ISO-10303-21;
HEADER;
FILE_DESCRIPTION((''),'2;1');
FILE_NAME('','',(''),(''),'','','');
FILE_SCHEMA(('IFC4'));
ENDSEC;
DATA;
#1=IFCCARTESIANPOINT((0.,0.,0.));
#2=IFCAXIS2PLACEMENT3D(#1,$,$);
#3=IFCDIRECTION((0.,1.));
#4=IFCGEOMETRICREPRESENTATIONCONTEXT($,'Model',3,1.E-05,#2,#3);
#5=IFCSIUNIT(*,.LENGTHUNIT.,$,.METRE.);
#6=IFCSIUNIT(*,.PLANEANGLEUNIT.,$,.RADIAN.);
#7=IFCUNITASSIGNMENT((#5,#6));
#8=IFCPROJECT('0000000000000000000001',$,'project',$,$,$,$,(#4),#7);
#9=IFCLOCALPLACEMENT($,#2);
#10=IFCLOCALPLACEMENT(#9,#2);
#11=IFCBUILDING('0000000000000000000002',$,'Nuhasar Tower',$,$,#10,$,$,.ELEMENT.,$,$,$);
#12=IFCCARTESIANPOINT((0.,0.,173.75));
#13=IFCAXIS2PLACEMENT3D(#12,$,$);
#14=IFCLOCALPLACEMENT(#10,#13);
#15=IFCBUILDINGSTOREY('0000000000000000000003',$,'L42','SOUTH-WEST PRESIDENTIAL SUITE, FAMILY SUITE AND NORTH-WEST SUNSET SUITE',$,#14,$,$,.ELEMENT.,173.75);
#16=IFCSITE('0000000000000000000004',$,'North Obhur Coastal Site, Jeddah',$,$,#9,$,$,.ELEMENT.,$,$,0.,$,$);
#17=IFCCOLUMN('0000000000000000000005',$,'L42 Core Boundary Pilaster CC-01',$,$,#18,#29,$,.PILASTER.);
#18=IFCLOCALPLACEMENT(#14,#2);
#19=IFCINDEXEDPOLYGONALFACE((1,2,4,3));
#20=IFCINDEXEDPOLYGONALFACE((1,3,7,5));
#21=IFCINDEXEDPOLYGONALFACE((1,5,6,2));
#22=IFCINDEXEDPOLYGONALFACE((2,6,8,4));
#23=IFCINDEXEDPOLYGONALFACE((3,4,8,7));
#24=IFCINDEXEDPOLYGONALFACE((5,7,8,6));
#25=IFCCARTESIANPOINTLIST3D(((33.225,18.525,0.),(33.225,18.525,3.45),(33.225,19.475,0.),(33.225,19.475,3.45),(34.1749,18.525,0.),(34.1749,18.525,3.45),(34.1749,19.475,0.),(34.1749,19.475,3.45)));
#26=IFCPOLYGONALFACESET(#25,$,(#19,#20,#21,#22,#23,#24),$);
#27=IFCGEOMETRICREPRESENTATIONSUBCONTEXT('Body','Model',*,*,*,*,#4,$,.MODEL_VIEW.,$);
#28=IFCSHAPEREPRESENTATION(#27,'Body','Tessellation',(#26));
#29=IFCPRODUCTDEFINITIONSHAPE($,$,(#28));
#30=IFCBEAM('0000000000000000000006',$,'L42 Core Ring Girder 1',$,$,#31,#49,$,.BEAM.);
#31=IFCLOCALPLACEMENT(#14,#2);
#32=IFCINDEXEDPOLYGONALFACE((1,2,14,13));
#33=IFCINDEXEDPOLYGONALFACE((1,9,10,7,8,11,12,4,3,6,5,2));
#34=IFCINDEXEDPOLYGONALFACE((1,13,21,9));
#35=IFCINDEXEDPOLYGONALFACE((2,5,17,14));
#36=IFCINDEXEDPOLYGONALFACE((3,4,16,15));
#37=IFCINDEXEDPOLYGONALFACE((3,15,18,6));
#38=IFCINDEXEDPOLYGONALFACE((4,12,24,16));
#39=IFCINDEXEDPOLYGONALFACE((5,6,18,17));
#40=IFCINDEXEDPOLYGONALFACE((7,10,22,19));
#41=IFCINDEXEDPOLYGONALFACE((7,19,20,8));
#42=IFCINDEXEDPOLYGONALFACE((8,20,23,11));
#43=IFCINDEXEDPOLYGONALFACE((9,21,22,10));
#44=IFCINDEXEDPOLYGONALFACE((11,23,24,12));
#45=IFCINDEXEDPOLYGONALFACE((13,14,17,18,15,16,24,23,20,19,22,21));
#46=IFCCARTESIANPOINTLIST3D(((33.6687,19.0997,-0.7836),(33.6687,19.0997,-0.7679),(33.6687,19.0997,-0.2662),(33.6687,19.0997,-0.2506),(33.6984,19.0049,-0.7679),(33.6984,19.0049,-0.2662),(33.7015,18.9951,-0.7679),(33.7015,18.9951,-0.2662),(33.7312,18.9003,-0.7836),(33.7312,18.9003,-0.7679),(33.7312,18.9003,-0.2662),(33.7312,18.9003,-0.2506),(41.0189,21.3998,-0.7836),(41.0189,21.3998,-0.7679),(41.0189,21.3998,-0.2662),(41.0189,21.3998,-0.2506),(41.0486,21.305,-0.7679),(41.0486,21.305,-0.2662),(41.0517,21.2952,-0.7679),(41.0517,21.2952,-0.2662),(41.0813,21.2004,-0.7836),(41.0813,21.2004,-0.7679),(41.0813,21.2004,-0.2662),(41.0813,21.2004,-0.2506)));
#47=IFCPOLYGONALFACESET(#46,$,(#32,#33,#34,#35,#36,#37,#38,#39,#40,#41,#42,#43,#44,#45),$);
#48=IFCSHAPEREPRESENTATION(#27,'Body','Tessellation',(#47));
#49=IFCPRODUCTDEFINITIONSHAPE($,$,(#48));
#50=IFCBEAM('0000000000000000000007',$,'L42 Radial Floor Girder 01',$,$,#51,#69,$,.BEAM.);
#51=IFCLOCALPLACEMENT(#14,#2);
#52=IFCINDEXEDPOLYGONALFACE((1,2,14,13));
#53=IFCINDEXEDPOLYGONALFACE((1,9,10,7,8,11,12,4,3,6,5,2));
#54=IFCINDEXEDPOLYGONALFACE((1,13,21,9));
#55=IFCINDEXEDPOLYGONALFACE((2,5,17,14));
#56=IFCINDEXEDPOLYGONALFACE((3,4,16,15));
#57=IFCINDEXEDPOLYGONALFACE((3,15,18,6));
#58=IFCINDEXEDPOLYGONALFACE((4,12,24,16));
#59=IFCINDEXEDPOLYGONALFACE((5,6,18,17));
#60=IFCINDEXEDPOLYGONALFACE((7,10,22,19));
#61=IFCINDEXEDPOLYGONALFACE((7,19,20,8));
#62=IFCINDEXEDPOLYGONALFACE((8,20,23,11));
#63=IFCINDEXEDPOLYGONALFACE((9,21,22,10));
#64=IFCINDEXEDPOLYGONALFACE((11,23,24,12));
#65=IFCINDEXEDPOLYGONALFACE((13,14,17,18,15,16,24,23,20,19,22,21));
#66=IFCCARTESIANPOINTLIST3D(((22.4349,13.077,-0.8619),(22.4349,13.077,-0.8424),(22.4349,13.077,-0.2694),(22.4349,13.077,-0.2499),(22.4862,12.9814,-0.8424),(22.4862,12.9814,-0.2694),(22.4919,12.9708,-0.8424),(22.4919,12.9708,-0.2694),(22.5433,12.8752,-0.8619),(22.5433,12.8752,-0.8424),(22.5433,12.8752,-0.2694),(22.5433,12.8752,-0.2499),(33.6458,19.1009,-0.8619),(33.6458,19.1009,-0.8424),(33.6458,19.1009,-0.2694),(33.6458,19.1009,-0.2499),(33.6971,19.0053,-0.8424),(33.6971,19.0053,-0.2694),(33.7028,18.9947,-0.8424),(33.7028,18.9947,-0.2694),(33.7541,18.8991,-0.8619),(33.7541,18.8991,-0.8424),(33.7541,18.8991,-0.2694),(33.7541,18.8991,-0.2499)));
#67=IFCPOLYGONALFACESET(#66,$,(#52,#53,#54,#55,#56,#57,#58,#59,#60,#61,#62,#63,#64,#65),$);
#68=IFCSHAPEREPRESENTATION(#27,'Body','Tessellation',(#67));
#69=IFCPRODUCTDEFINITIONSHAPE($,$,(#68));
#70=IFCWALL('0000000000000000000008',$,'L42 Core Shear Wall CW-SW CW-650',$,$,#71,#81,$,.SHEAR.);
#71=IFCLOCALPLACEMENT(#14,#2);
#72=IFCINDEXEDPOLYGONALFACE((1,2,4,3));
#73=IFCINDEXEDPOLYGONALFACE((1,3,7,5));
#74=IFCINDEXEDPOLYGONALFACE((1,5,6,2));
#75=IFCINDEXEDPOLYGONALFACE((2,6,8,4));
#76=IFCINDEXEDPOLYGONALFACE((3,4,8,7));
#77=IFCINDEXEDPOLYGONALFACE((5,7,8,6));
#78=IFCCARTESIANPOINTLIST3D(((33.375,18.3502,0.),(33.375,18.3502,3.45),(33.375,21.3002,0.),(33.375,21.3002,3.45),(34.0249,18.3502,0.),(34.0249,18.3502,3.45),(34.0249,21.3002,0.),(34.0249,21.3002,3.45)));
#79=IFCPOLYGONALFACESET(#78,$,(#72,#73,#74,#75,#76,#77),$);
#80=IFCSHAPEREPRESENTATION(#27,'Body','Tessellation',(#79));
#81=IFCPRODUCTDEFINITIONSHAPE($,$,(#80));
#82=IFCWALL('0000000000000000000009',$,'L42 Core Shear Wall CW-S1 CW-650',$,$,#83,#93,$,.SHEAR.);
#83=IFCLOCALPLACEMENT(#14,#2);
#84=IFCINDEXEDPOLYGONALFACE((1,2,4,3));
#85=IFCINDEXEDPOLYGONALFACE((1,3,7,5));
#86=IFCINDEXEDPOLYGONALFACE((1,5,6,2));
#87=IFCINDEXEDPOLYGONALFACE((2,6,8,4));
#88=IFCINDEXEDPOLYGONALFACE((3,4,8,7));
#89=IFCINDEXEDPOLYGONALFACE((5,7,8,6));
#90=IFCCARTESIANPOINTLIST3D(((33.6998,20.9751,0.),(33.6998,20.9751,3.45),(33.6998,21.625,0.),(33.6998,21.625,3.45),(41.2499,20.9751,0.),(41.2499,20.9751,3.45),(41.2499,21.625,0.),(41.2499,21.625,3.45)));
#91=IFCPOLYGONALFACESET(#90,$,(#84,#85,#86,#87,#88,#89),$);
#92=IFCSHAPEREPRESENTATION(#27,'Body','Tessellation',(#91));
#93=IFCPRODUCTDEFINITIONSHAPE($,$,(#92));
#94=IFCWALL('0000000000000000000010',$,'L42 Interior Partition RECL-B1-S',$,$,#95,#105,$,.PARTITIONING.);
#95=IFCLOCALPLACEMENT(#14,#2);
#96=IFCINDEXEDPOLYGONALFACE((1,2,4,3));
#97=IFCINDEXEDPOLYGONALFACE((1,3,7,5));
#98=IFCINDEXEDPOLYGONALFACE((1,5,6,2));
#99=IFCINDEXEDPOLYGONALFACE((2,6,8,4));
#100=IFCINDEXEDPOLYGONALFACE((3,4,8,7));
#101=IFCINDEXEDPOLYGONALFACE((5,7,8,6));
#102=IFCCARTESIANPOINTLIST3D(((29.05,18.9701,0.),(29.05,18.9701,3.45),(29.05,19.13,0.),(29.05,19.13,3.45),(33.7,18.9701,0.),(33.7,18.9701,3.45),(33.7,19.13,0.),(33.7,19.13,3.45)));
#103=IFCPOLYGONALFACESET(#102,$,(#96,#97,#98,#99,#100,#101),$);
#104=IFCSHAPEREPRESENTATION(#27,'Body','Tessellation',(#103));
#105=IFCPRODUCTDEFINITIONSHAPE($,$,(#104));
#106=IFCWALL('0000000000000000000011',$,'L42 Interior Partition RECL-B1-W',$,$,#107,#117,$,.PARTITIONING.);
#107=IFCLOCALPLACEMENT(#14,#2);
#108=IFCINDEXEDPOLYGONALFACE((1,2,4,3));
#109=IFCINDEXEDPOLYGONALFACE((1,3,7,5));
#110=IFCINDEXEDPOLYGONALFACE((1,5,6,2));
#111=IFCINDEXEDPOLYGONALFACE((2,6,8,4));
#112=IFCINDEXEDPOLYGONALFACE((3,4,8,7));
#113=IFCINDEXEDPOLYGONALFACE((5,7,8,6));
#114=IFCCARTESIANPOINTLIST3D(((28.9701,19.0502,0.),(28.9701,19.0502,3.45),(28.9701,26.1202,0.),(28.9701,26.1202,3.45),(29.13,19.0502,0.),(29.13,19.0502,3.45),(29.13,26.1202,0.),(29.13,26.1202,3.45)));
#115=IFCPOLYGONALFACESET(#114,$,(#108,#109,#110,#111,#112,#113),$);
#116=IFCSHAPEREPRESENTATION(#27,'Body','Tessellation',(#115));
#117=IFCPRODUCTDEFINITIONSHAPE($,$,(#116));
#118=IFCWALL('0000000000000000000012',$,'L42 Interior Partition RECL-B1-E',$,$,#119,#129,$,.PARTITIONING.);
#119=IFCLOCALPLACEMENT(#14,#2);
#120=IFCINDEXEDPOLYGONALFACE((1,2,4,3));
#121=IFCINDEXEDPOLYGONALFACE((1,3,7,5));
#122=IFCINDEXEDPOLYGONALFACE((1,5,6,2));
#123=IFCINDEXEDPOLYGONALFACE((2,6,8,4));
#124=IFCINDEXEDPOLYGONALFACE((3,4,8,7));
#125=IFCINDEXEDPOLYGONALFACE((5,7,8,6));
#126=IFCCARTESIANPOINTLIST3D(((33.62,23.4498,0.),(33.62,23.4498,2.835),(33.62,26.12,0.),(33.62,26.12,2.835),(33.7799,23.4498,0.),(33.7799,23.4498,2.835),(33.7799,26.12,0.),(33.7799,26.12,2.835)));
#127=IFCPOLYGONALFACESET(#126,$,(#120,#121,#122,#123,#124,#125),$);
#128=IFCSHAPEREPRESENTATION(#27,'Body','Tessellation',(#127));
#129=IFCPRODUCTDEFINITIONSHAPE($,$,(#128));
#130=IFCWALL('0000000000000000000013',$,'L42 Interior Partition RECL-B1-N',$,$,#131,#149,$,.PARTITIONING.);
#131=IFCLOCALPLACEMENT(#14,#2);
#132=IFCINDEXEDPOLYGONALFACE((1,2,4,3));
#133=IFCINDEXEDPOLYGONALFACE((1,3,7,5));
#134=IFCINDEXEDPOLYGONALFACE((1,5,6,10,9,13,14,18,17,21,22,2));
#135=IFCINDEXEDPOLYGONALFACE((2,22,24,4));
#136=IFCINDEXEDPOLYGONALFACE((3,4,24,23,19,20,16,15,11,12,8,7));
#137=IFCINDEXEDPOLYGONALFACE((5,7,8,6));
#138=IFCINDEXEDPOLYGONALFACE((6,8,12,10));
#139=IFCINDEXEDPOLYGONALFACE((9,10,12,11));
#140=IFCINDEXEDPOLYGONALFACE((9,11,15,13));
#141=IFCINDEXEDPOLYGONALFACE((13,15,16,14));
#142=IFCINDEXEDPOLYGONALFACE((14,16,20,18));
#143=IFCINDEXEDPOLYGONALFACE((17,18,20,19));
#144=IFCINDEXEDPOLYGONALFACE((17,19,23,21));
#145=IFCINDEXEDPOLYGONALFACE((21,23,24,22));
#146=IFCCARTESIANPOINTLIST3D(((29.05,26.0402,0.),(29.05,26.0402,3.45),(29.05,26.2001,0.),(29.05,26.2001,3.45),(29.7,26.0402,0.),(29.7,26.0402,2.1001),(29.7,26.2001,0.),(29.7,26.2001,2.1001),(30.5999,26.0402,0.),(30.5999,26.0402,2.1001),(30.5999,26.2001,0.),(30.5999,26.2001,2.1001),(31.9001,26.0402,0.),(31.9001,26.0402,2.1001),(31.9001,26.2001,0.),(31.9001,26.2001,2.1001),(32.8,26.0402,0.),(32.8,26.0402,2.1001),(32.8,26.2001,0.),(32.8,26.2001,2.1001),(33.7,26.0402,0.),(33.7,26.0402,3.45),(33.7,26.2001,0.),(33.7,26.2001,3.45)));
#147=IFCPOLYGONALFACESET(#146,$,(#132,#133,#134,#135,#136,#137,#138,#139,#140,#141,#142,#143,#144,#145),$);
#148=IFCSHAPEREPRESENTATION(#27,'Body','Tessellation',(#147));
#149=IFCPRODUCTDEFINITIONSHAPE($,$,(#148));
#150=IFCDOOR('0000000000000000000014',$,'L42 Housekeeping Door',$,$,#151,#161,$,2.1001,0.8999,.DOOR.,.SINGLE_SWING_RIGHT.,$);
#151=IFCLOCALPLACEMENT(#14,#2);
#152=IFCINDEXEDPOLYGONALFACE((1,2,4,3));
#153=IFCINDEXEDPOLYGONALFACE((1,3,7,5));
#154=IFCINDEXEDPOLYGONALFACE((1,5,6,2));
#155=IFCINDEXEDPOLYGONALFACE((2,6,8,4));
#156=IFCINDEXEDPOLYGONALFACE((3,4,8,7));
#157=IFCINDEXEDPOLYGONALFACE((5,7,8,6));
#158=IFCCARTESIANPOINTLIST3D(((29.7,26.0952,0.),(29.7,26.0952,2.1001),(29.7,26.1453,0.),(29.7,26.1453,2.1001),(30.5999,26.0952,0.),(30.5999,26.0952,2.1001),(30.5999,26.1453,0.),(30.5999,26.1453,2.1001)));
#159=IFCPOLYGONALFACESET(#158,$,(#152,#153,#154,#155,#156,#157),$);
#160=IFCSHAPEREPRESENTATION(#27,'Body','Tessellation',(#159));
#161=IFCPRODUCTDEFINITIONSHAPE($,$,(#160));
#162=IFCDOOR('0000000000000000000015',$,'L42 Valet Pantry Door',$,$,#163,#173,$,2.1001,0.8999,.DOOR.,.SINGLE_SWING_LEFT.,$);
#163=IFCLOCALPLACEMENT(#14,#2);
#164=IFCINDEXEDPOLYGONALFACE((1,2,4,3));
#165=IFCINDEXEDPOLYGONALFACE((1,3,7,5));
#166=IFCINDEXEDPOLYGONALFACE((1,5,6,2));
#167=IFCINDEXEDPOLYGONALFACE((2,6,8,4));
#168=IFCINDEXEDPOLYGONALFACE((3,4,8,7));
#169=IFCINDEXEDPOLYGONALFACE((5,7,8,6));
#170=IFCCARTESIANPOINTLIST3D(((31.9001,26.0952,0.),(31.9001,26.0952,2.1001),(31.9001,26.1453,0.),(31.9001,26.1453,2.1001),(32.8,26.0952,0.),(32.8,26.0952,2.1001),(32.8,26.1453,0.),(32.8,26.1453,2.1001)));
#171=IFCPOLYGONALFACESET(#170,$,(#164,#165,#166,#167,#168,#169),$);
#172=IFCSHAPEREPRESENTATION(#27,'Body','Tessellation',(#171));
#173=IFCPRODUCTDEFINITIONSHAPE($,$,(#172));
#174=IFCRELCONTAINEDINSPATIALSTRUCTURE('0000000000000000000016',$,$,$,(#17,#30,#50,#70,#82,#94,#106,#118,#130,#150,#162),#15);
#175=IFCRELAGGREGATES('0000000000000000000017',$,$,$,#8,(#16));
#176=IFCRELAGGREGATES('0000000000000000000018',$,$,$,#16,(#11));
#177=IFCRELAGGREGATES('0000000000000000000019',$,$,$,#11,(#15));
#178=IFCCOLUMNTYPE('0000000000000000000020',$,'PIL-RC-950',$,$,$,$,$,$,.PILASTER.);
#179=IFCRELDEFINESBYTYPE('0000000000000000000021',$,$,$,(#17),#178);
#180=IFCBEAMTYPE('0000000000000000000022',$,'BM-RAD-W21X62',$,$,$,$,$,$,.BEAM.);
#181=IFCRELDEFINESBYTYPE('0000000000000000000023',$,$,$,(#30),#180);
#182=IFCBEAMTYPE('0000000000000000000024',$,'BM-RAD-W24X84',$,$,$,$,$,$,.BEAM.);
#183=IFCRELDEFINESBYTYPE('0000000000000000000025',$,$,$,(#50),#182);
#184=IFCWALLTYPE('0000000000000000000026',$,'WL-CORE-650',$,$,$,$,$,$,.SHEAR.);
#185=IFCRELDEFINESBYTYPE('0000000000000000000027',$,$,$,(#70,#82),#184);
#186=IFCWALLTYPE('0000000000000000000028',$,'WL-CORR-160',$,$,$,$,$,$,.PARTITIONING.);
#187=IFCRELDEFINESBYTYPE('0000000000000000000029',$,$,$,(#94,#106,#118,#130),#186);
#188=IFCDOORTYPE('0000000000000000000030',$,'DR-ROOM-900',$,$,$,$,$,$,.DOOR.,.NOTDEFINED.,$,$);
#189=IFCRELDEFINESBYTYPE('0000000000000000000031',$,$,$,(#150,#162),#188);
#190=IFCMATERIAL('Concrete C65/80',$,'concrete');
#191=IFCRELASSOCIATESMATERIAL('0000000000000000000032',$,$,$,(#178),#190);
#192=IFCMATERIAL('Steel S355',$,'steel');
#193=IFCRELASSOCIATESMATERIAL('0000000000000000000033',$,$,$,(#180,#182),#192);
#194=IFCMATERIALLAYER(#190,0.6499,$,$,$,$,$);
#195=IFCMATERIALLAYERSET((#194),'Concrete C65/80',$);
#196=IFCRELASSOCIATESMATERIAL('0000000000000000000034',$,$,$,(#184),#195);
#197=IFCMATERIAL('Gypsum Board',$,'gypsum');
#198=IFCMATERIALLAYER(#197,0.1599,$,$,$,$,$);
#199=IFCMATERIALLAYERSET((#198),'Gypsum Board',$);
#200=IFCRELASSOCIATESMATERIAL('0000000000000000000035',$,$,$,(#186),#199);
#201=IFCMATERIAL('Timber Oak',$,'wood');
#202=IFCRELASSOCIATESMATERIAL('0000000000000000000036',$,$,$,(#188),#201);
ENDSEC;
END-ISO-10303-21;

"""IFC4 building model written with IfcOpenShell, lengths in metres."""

from ifc_helpers import new_model, si_unit, direction, frame, frame_2d, origin, origin_2d, place, context, subcontext, project, spatial, rectangle, i_section, extrude, material, layer, layer_set, material_profile, profile_set, type_object, element, fill, save


model = new_model("IFC4")

# Units and contexts
model_context = context("Model", 3, precision=1e-05, world=origin(), true_north=direction((0.0, 1.0)))
body_context = subcontext(model_context, "Body", "Model", "MODEL_VIEW")
ifc_project = project(units=[si_unit("LENGTHUNIT", "METRE"), si_unit("PLANEANGLEUNIT", "RADIAN")], contexts=[model_context])

# Site, building, storey
site_placement = place(None, origin())
site = spatial("IfcSite", under=ifc_project, at=site_placement, Name="North Obhur Coastal Site, Jeddah", CompositionType="ELEMENT", RefElevation=0.0)
building_placement = place(site_placement, origin())
building = spatial("IfcBuilding", under=site, at=building_placement, Name="Nuhasar Tower", CompositionType="ELEMENT")
storey_placement = place(building_placement, frame((0.0, 0.0, 173.75)))
storey = spatial("IfcBuildingStorey", under=building, at=storey_placement, Name="L42", Description="SOUTH-WEST PRESIDENTIAL SUITE, FAMILY SUITE AND NORTH-WEST SUNSET SUITE", CompositionType="ELEMENT", Elevation=173.75)

# Column
ifc_material_1 = material(Name="Concrete C65/80", Category="concrete")
ifc_material_profile_1 = material_profile(ifc_material_1, rectangle(XDim=0.95, YDim=0.95, at=origin_2d()), Name="RC950X950")
ifc_profile_set_1 = profile_set([ifc_material_profile_1], Name="Concrete C65/80")
column_type = type_object("IfcColumnType", Name="PIL-RC-950", PredefinedType="PILASTER", material=ifc_profile_set_1)
column_placement = place(storey_placement, frame((33.7, 19.0, 0.0), z_axis=(0.0, 0.0, 1.0), x_axis=(1.0, 0.0, 0.0)))
element("IfcColumn", 1, at=column_placement, inside=storey, type_object=column_type, Name="L42 Core Boundary Pilaster CC-01", PredefinedType="PILASTER", context=body_context, shape_type="SweptSolid", body=[
    extrude(rectangle(XDim=0.95, YDim=0.95, at=origin_2d()), origin(), (0.0, 0.0, 1.0), 3.45),
])

# Beams
ifc_material_2 = material(Name="Steel S355", Category="steel")
ifc_material_profile_2 = material_profile(ifc_material_2, i_section(OverallWidth=0.209, OverallDepth=0.533, WebThickness=0.0103, FlangeThickness=0.0156, at=origin_2d()), Name="W21X62")
ifc_profile_set_2 = profile_set([ifc_material_profile_2], Name="Steel S355")
beam_type_1 = type_object("IfcBeamType", Name="BM-RAD-W21X62", PredefinedType="BEAM", material=ifc_profile_set_2)
beam_1_placement = place(storey_placement, frame((33.7, 19.0, -0.5171), z_axis=(0.954364, 0.298647, 0.0), x_axis=(-0.298647, 0.954364, 0.0)))
element("IfcBeam", 2, at=beam_1_placement, inside=storey, type_object=beam_type_1, Name="L42 Core Ring Girder 1", PredefinedType="BEAM", context=body_context, shape_type="SweptSolid", body=[
    extrude(i_section(OverallWidth=0.209, OverallDepth=0.533, WebThickness=0.0103, FlangeThickness=0.0156, at=origin_2d()), origin(), (0.0, 0.0, 1.0), 7.7017),
])
ifc_material_profile_3 = material_profile(ifc_material_2, i_section(OverallWidth=0.229, OverallDepth=0.6121, WebThickness=0.012, FlangeThickness=0.0195, at=origin_2d()), Name="W24X84")
ifc_profile_set_3 = profile_set([ifc_material_profile_3], Name="Steel S355")
beam_type_2 = type_object("IfcBeamType", Name="BM-RAD-W24X84", PredefinedType="BEAM", material=ifc_profile_set_3)
beam_2_placement = place(storey_placement, frame((33.7, 19.0, -0.5559), z_axis=(-0.880888, -0.473324, 0.0), x_axis=(0.473324, -0.880888, 0.0)))
element("IfcBeam", 3, at=beam_2_placement, inside=storey, type_object=beam_type_2, Name="L42 Radial Floor Girder 01", PredefinedType="BEAM", context=body_context, shape_type="SweptSolid", body=[
    extrude(i_section(OverallWidth=0.229, OverallDepth=0.6121, WebThickness=0.012, FlangeThickness=0.0195, at=origin_2d()), origin(), (0.0, 0.0, 1.0), 12.7268),
])

# Walls
ifc_layer_1 = layer(ifc_material_1, 0.6499)
ifc_layer_set_1 = layer_set([ifc_layer_1], Name="Concrete C65/80")
wall_type_1 = type_object("IfcWallType", Name="WL-CORE-650", PredefinedType="SHEAR", material=ifc_layer_set_1)
wall_1_placement = place(storey_placement, frame((33.7, 18.3501, 0.0), z_axis=(0.0, 0.0, 1.0), x_axis=(0.0, 1.0, 0.0)))
element("IfcWall", 4, at=wall_1_placement, inside=storey, type_object=wall_type_1, Name="L42 Core Shear Wall CW-SW CW-650", PredefinedType="SHEAR", context=body_context, shape_type="SweptSolid", body=[
    extrude(rectangle(XDim=2.95, YDim=0.6499, at=frame_2d((1.4751, 0.0))), origin(), (0.0, 0.0, 1.0), 3.45),
])
wall_2_placement = place(storey_placement, frame((33.7, 21.3, 0.0), z_axis=(0.0, 0.0, 1.0), x_axis=(1.0, 0.0, 0.0)))
element("IfcWall", 5, at=wall_2_placement, inside=storey, type_object=wall_type_1, Name="L42 Core Shear Wall CW-S1 CW-650", PredefinedType="SHEAR", context=body_context, shape_type="SweptSolid", body=[
    extrude(rectangle(XDim=7.55, YDim=0.6499, at=frame_2d((3.7749, 0.0))), origin(), (0.0, 0.0, 1.0), 3.45),
])
ifc_material_3 = material(Name="Gypsum Board", Category="gypsum")
ifc_layer_2 = layer(ifc_material_3, 0.1599)
ifc_layer_set_2 = layer_set([ifc_layer_2], Name="Gypsum Board")
wall_type_2 = type_object("IfcWallType", Name="WL-CORR-160", PredefinedType="PARTITIONING", material=ifc_layer_set_2)
wall_3_placement = place(storey_placement, frame((29.05, 19.05, 0.0), z_axis=(0.0, 0.0, 1.0), x_axis=(1.0, 0.0, 0.0)))
element("IfcWall", 6, at=wall_3_placement, inside=storey, type_object=wall_type_2, Name="L42 Interior Partition RECL-B1-S", PredefinedType="PARTITIONING", context=body_context, shape_type="SweptSolid", body=[
    extrude(rectangle(XDim=4.6499, YDim=0.1599, at=frame_2d((2.325, 0.0))), origin(), (0.0, 0.0, 1.0), 3.45),
])
wall_4_placement = place(storey_placement, frame((29.05, 19.05, 0.0), z_axis=(0.0, 0.0, 1.0), x_axis=(0.0, 1.0, 0.0)))
element("IfcWall", 7, at=wall_4_placement, inside=storey, type_object=wall_type_2, Name="L42 Interior Partition RECL-B1-W", PredefinedType="PARTITIONING", context=body_context, shape_type="SweptSolid", body=[
    extrude(rectangle(XDim=7.0701, YDim=0.1599, at=frame_2d((3.5352, 0.0))), origin(), (0.0, 0.0, 1.0), 3.45),
])
wall_5_placement = place(storey_placement, frame((33.7, 23.45, 0.0), z_axis=(0.0, 0.0, 1.0), x_axis=(0.0, 1.0, 0.0)))
element("IfcWall", 8, at=wall_5_placement, inside=storey, type_object=wall_type_2, Name="L42 Interior Partition RECL-B1-E", PredefinedType="PARTITIONING", context=body_context, shape_type="SweptSolid", body=[
    extrude(rectangle(XDim=2.6702, YDim=0.1599, at=frame_2d((1.335, 0.0))), origin(), (0.0, 0.0, 1.0), 2.835),
])

# Wall, openings, doors
wall_6_placement = place(storey_placement, frame((33.7, 26.1201, 0.0), z_axis=(0.0, 0.0, 1.0), x_axis=(-1.0, 0.0, 0.0)))
wall_6 = element("IfcWall", 9, at=wall_6_placement, inside=storey, type_object=wall_type_2, Name="L42 Interior Partition RECL-B1-N", PredefinedType="PARTITIONING", context=body_context, shape_type="SweptSolid", body=[
    extrude(rectangle(XDim=4.6499, YDim=0.1599, at=frame_2d((2.325, 0.0))), origin(), (0.0, 0.0, 1.0), 3.45),
])
opening_1_placement = place(wall_6_placement, frame((3.1001, 0.0, 0.0)))
opening_1 = element("IfcOpeningElement", 10, at=opening_1_placement, cuts=wall_6, PredefinedType="OPENING", context=body_context, shape_type="SweptSolid", body=[
    extrude(rectangle(XDim=0.8999, YDim=2.1001, at=frame_2d((0.45, 1.05))), frame((0.0, 0.0898, 0.0), z_axis=(0.0, -1.0, 0.0), x_axis=(1.0, 0.0, 0.0)), (0.0, 0.0, 1.0), 0.1799),
])
opening_2_placement = place(wall_6_placement, frame((0.8999, 0.0, 0.0)))
opening_2 = element("IfcOpeningElement", 11, at=opening_2_placement, cuts=wall_6, PredefinedType="OPENING", context=body_context, shape_type="SweptSolid", body=[
    extrude(rectangle(XDim=0.8999, YDim=2.1001, at=frame_2d((0.45, 1.05))), frame((0.0, 0.0898, 0.0), z_axis=(0.0, -1.0, 0.0), x_axis=(1.0, 0.0, 0.0)), (0.0, 0.0, 1.0), 0.1799),
])
ifc_material_4 = material(Name="Timber Oak", Category="wood")
door_type_1 = type_object("IfcDoorType", Name="DR-ROOM-900", OperationType="NOTDEFINED", PredefinedType="DOOR", material=ifc_material_4)
door_1_placement = place(opening_1_placement, origin())
door_1 = element("IfcDoor", 12, at=door_1_placement, inside=storey, type_object=door_type_1, Name="L42 Housekeeping Door", OperationType="SINGLE_SWING_RIGHT", OverallHeight=2.1001, OverallWidth=0.8999, PredefinedType="DOOR", context=body_context, shape_type="SweptSolid", body=[
    extrude(rectangle(XDim=0.8999, YDim=2.1001, at=frame_2d((0.45, 1.05))), frame((0.0, 0.0249, 0.0), z_axis=(0.0, -1.0, 0.0), x_axis=(1.0, 0.0, 0.0)), (0.0, 0.0, 1.0), 0.05),
])
fill(opening_1, door_1)
door_2_placement = place(opening_2_placement, origin())
door_2 = element("IfcDoor", 13, at=door_2_placement, inside=storey, type_object=door_type_1, Name="L42 Valet Pantry Door", OperationType="SINGLE_SWING_LEFT", OverallHeight=2.1001, OverallWidth=0.8999, PredefinedType="DOOR", context=body_context, shape_type="SweptSolid", body=[
    extrude(rectangle(XDim=0.8999, YDim=2.1001, at=frame_2d((0.45, 1.05))), frame((0.0, 0.0249, 0.0), z_axis=(0.0, -1.0, 0.0), x_axis=(1.0, 0.0, 0.0)), (0.0, 0.0, 1.0), 0.05),
])
fill(opening_2, door_2)

save(model, "model.ifc")
